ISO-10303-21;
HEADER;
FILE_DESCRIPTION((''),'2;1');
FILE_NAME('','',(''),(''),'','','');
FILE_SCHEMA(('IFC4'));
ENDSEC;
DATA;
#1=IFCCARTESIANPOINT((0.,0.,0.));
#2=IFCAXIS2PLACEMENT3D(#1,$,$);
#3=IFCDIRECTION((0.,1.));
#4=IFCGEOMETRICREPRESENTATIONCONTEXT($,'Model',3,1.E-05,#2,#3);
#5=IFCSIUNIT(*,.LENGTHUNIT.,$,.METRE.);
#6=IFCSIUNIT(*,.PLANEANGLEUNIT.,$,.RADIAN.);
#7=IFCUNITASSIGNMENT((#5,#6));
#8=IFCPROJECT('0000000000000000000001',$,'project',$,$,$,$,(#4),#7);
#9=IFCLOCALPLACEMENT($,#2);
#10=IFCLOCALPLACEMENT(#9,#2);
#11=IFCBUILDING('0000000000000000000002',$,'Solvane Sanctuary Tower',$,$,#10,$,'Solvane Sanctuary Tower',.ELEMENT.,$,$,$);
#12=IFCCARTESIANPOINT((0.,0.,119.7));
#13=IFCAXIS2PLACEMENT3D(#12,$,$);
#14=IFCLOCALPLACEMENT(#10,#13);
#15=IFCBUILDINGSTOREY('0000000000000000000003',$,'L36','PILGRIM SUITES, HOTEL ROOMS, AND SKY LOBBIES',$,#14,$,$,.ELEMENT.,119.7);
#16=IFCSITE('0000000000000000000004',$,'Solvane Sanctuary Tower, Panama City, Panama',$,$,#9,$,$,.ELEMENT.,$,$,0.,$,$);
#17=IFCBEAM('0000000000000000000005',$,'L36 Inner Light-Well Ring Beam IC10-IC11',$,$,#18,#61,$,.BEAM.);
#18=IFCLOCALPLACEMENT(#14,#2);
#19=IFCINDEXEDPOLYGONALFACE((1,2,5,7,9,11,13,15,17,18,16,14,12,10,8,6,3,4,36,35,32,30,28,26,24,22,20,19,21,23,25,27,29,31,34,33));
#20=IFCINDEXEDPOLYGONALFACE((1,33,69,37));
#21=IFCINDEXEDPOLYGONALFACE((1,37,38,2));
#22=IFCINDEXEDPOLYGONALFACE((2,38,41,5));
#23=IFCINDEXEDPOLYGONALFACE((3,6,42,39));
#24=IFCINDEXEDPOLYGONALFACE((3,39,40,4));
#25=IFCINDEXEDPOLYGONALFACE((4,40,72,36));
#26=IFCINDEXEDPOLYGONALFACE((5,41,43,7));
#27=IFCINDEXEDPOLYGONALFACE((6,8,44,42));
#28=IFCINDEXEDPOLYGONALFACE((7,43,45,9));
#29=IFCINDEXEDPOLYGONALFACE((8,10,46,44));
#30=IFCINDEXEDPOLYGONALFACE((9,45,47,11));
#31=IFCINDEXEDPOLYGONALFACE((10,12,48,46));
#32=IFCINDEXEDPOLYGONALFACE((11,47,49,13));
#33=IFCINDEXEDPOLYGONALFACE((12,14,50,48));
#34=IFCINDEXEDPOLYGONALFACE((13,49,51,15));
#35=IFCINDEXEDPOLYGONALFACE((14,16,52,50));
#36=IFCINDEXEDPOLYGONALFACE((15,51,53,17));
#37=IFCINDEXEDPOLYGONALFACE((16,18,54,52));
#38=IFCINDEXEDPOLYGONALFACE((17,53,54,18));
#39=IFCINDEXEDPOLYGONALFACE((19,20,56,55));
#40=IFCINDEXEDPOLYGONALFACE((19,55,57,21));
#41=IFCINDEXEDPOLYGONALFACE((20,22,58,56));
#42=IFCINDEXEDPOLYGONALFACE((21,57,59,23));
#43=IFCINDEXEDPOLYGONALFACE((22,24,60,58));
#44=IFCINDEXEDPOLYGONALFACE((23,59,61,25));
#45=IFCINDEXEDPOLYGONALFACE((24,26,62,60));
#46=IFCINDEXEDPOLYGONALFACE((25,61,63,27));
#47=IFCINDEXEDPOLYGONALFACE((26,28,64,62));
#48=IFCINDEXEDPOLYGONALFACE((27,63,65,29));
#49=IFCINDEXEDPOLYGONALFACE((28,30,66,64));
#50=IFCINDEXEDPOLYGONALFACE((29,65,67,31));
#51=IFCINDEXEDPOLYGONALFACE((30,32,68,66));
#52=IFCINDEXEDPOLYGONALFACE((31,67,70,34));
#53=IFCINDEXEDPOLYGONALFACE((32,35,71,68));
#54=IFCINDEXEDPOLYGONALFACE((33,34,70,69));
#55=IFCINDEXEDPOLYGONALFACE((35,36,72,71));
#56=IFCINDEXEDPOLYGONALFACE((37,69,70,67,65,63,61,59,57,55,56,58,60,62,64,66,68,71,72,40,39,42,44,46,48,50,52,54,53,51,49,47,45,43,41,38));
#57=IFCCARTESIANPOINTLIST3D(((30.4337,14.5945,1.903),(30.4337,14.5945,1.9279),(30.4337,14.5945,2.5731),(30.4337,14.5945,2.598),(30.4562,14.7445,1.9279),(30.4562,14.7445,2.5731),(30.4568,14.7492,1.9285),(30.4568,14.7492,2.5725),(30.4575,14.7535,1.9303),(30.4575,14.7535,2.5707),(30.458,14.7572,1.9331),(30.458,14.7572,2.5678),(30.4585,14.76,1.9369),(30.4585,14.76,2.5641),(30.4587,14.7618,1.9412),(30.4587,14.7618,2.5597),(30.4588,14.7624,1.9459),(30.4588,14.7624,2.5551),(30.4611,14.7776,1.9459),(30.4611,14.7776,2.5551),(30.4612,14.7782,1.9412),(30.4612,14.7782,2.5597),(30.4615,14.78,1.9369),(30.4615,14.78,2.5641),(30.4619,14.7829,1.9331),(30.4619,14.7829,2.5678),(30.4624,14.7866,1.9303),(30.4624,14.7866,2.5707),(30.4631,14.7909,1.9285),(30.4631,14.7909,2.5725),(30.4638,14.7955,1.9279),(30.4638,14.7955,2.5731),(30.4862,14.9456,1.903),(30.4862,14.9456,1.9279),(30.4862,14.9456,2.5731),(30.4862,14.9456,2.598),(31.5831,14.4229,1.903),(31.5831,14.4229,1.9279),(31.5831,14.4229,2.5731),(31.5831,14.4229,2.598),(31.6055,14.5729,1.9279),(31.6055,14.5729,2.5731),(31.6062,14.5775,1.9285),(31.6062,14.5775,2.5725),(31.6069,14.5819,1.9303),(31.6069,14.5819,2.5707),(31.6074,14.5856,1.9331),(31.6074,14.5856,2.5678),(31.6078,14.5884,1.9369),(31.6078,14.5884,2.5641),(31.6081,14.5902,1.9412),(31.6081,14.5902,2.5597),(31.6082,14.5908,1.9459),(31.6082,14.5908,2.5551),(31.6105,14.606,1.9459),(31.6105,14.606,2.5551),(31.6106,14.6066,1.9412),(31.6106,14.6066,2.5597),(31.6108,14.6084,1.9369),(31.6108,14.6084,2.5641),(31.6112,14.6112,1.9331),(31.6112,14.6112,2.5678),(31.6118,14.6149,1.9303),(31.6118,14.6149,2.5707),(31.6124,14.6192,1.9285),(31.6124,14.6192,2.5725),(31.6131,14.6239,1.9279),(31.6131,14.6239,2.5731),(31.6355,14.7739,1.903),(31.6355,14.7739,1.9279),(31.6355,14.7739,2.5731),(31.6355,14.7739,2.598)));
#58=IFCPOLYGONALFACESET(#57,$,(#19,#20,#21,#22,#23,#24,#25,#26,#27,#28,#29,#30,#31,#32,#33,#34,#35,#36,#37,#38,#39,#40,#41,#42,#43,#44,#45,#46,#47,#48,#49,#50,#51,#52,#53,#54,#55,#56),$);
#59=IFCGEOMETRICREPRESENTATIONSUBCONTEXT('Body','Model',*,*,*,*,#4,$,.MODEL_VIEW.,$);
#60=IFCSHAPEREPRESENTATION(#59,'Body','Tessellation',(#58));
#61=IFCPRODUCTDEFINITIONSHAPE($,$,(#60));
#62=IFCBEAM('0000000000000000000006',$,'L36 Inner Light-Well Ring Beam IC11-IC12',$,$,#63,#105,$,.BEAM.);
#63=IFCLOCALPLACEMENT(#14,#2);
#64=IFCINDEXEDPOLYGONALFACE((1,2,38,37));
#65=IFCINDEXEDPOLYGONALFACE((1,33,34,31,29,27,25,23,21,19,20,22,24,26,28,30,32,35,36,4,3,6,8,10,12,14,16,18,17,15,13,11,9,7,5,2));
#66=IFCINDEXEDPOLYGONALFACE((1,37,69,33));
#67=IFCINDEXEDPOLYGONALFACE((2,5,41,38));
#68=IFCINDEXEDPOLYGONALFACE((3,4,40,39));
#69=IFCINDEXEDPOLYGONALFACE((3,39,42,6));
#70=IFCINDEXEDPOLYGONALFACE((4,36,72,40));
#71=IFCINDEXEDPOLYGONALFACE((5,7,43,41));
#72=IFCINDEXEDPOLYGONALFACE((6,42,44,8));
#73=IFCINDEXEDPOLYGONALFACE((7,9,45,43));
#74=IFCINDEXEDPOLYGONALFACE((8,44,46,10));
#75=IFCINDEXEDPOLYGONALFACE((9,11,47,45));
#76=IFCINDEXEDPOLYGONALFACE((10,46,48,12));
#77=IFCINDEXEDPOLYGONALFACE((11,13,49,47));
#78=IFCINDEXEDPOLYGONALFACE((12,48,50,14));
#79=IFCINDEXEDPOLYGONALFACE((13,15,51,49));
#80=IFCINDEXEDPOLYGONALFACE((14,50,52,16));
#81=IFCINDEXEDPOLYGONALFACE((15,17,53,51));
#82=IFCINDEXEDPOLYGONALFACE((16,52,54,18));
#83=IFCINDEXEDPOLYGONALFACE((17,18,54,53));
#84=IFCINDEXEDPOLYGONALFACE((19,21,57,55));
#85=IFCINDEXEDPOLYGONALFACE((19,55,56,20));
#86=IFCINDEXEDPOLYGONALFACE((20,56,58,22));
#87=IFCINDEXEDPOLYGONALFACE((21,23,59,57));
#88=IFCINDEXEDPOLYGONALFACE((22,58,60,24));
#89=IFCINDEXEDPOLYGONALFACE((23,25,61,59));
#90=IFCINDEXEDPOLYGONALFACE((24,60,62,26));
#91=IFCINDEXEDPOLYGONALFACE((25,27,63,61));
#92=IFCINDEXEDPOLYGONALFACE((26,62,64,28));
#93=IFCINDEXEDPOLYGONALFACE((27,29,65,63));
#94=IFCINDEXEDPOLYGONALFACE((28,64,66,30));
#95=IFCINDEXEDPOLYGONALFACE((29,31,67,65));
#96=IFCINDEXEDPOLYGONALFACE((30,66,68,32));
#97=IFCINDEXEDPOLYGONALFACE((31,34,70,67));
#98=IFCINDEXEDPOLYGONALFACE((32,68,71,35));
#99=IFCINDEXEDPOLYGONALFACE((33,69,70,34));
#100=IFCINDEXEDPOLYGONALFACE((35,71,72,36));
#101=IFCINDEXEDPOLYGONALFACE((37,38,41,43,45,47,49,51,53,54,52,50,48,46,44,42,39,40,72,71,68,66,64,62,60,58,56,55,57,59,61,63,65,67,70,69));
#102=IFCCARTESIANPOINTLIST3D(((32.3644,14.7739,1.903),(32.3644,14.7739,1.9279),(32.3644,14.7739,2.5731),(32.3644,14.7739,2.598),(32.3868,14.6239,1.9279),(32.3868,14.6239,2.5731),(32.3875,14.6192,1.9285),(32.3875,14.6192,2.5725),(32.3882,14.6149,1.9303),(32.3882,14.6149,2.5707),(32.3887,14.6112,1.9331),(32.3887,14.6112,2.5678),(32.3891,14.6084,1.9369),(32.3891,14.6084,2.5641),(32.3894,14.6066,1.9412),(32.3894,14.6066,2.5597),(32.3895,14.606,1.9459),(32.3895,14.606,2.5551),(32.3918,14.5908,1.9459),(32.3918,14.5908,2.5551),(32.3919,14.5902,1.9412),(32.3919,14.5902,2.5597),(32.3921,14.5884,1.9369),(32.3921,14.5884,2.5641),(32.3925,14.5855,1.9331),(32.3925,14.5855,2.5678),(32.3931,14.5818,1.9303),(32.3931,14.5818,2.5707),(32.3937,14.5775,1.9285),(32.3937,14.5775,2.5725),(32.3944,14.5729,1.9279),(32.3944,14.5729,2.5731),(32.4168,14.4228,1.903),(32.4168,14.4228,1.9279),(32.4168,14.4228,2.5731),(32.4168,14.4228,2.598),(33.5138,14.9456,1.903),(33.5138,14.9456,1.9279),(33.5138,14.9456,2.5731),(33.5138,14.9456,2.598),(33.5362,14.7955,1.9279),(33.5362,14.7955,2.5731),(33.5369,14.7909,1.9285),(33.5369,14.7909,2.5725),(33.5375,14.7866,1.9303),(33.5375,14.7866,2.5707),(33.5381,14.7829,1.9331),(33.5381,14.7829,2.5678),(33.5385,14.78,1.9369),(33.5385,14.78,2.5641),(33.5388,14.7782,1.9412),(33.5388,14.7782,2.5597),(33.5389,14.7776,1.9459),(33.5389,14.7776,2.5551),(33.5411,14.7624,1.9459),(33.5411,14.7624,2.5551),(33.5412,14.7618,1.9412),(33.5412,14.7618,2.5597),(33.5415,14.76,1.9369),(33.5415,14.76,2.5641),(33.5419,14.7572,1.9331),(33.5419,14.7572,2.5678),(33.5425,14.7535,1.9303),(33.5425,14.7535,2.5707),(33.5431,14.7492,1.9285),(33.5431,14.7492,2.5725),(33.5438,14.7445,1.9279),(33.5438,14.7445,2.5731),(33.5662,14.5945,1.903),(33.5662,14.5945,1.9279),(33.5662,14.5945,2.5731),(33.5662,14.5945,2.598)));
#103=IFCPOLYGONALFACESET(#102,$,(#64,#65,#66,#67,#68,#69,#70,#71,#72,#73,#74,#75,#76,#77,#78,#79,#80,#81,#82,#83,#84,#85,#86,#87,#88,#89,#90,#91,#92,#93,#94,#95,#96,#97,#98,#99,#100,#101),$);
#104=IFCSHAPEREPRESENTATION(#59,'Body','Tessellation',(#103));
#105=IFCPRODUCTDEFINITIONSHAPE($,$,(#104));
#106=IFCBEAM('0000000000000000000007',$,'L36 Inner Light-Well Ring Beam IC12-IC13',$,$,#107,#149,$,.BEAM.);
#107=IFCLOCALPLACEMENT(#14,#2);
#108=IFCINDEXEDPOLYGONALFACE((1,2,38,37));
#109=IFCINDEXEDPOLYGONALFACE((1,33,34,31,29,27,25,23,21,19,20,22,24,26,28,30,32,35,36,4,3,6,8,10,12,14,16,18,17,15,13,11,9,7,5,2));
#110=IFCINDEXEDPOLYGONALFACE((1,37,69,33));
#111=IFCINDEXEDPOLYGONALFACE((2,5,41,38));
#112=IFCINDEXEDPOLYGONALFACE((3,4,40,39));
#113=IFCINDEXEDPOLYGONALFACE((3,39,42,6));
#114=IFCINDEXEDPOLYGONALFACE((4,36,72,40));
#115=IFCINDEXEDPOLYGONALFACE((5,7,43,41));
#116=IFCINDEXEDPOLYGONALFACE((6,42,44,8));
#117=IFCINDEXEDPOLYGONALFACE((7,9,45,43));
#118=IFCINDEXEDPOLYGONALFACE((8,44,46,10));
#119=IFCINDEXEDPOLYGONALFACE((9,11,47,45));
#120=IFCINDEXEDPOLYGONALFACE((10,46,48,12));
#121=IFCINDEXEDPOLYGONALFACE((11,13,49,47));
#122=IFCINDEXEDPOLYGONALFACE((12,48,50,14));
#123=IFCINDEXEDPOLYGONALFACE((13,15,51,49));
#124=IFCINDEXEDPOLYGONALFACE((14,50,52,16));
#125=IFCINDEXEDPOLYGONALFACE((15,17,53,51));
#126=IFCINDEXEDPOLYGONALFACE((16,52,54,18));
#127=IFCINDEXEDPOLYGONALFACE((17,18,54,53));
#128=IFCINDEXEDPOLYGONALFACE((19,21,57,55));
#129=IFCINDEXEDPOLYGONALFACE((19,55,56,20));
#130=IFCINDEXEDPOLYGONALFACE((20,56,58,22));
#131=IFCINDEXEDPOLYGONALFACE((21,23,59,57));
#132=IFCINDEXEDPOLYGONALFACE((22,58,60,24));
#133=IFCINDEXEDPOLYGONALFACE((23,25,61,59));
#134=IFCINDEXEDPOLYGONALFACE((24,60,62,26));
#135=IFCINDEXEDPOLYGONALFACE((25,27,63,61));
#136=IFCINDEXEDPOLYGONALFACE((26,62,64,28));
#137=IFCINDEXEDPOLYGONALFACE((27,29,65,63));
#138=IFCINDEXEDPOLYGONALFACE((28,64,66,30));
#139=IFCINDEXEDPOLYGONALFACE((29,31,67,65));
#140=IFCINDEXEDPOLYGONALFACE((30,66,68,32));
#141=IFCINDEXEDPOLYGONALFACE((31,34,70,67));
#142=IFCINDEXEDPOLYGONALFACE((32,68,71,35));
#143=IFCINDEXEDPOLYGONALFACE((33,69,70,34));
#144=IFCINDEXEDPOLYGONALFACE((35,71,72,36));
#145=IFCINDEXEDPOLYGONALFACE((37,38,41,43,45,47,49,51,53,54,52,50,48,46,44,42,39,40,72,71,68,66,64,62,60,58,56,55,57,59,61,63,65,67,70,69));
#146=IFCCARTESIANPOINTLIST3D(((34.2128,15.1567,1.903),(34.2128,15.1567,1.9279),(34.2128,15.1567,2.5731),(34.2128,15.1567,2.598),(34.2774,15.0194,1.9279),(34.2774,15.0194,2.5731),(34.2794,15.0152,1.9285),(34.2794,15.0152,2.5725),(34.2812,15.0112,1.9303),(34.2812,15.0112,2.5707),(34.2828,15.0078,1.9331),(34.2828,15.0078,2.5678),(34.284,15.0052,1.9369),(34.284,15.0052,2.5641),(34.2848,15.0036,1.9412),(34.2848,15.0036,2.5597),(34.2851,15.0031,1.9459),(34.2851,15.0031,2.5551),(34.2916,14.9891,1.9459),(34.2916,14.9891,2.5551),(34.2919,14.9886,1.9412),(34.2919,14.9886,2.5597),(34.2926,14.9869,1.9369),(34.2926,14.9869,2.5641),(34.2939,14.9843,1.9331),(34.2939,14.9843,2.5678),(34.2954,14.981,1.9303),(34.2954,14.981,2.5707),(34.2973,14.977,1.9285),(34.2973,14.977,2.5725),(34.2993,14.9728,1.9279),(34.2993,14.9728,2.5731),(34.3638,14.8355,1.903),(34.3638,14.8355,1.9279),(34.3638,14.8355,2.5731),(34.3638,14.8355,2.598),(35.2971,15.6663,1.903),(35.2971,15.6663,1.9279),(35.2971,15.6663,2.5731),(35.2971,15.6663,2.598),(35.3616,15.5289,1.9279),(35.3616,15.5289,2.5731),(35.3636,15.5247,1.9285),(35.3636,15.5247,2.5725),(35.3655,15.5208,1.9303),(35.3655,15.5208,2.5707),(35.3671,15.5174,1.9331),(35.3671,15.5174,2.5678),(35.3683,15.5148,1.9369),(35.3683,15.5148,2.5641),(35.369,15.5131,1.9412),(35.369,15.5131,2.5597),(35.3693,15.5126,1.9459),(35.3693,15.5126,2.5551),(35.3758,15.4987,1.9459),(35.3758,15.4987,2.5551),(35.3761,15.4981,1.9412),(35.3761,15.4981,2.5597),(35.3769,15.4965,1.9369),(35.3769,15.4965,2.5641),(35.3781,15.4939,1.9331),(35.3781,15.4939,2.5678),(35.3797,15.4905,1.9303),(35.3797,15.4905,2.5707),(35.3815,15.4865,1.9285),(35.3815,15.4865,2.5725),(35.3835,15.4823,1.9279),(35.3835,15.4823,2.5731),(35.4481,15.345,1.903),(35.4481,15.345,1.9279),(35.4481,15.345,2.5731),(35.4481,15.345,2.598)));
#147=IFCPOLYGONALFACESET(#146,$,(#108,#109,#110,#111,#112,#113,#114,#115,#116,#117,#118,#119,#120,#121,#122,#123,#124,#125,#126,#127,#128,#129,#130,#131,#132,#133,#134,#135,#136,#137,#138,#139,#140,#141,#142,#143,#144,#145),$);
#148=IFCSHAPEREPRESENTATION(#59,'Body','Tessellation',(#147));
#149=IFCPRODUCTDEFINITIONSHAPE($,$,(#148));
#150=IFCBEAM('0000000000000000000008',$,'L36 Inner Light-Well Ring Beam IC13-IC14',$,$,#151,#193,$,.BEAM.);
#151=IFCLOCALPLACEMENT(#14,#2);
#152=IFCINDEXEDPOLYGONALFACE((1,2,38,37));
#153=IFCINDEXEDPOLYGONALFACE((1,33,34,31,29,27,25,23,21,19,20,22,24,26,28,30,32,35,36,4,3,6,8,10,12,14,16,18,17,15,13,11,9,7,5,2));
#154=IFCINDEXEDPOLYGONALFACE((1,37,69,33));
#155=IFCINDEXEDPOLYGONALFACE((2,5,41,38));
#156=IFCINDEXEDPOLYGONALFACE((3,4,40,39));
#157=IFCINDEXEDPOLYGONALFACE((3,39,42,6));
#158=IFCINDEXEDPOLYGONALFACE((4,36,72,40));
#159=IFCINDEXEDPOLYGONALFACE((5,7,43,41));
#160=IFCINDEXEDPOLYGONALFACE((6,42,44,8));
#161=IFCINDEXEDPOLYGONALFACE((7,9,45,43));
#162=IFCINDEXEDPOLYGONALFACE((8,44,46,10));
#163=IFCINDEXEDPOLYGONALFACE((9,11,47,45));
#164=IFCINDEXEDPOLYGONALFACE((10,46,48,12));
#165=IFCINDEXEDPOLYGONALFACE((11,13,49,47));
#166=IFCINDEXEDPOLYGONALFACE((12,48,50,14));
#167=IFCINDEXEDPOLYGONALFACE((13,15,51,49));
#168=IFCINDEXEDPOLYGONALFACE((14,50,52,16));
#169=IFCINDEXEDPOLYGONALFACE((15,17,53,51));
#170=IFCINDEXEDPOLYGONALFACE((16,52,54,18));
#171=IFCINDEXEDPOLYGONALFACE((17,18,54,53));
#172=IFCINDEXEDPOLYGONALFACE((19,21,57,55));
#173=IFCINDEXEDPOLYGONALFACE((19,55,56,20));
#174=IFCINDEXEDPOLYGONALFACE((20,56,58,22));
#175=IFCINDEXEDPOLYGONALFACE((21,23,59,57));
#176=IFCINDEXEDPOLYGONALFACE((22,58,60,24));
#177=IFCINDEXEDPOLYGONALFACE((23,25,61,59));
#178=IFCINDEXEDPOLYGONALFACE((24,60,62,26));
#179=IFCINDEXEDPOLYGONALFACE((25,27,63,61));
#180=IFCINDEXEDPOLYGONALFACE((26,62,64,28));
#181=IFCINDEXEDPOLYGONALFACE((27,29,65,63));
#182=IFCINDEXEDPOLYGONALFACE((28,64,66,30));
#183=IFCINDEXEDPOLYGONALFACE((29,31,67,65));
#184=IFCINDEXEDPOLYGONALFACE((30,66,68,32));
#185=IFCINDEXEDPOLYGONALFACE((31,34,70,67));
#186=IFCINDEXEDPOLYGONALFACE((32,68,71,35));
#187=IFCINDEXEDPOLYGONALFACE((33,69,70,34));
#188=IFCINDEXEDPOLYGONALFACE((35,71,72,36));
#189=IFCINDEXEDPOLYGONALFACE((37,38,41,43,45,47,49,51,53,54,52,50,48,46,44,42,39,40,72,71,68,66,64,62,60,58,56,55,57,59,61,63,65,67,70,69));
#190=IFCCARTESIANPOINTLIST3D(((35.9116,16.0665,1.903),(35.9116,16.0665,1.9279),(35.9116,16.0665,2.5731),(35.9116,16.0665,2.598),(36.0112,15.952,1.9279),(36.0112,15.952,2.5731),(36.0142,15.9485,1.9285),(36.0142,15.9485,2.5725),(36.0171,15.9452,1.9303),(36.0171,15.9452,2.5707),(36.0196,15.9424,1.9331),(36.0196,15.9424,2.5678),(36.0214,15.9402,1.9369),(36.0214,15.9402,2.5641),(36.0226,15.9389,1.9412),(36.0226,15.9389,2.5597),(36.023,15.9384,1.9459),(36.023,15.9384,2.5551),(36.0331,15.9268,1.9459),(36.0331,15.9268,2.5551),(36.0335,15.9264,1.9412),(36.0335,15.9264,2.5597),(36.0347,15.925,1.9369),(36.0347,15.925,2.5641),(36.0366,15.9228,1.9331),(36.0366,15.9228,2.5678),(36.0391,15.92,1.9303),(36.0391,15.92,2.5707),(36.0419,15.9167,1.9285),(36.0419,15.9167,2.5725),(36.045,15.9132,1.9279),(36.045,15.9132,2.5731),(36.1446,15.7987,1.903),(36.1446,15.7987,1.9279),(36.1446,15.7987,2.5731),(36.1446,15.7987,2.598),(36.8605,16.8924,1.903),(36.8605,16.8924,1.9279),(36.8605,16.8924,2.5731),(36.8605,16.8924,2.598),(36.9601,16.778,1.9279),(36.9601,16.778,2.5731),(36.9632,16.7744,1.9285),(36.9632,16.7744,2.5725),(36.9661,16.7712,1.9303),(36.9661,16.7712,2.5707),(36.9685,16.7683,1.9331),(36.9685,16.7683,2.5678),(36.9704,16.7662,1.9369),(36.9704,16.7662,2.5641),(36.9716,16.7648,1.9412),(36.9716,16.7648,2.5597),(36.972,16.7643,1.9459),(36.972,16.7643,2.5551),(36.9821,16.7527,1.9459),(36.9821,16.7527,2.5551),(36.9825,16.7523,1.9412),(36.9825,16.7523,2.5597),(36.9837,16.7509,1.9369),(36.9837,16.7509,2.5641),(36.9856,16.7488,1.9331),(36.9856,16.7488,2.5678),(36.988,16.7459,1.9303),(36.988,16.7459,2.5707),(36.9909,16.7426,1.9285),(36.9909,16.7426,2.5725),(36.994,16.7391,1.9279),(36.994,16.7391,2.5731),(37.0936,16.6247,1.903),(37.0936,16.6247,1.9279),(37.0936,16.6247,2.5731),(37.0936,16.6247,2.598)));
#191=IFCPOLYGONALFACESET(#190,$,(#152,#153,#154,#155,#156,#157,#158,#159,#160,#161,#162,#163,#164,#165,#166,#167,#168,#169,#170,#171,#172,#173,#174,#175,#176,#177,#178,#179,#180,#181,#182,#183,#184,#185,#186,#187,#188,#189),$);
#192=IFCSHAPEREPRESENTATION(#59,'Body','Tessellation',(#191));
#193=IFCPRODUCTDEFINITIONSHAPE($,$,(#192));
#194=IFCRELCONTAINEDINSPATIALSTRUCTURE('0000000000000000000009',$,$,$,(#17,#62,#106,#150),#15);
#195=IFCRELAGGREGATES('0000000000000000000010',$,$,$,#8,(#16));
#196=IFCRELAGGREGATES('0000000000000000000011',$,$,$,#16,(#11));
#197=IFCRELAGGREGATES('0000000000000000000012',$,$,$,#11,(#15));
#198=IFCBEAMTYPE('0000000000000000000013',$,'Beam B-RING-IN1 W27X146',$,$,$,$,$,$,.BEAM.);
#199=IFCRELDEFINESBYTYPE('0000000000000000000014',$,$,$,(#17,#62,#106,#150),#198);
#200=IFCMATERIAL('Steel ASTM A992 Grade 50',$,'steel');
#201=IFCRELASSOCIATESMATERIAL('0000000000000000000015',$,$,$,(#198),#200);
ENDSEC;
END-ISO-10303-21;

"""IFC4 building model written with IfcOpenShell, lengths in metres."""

from ifc_helpers import new_model, si_unit, direction, frame, origin, origin_2d, place, context, subcontext, project, spatial, i_section, extrude, material, material_profile, profile_set, type_object, element, save


model = new_model("IFC4")

# Units and contexts
model_context = context("Model", 3, precision=1e-05, world=origin(), true_north=direction((0.0, 1.0)))
body_context = subcontext(model_context, "Body", "Model", "MODEL_VIEW")
ifc_project = project(units=[si_unit("LENGTHUNIT", "METRE"), si_unit("PLANEANGLEUNIT", "RADIAN")], contexts=[model_context])

# Site, building, storey
site_placement = place(None, origin())
site = spatial("IfcSite", under=ifc_project, at=site_placement, Name="Solvane Sanctuary Tower, Panama City, Panama", CompositionType="ELEMENT", RefElevation=0.0)
building_placement = place(site_placement, origin())
building = spatial("IfcBuilding", under=site, at=building_placement, Name="Solvane Sanctuary Tower", LongName="Solvane Sanctuary Tower", CompositionType="ELEMENT")
storey_placement = place(building_placement, frame((0.0, 0.0, 119.7)))
storey = spatial("IfcBuildingStorey", under=building, at=storey_placement, Name="L36", Description="PILGRIM SUITES, HOTEL ROOMS, AND SKY LOBBIES", CompositionType="ELEMENT", Elevation=119.7)

# Beams
ifc_material_1 = material(Name="Steel ASTM A992 Grade 50", Category="steel")
ifc_material_profile_1 = material_profile(ifc_material_1, i_section(OverallWidth=0.355, OverallDepth=0.6951, WebThickness=0.0154, FlangeThickness=0.0249, FilletRadius=0.0181, at=origin_2d()), Name="W27X146")
ifc_profile_set_1 = profile_set([ifc_material_profile_1], Name="Steel ASTM A992 Grade 50")
beam_type_1 = type_object("IfcBeamType", Name="Beam B-RING-IN1 W27X146", PredefinedType="BEAM", material=ifc_profile_set_1)
for number, where, z_axis, x_axis, name in (
    (1, (30.46, 14.77, 2.2505), (0.989035, -0.147683, 0.0), (0.147683, 0.989035, 0.0), "L36 Inner Light-Well Ring Beam IC10-IC11"),
    (2, (32.3906, 14.5984, 2.2505), (0.989035, 0.147683, 0.0), (-0.147683, 0.989035, 0.0), "L36 Inner Light-Well Ring Beam IC11-IC12"),
):
    element("IfcBeam", number, at=place(storey_placement, frame(where, z_axis=z_axis, x_axis=x_axis)), inside=storey, type_object=beam_type_1, Name=name, PredefinedType="BEAM", context=body_context, shape_type="SweptSolid", body=[
        extrude(i_section(OverallWidth=0.355, OverallDepth=0.6951, WebThickness=0.0154, FlangeThickness=0.0249, FilletRadius=0.0181, at=origin_2d()), origin(), (0.0, 0.0, 1.0), 1.1621),
    ])
beam_1_placement = place(storey_placement, frame((34.2883, 14.9961, 2.2505), z_axis=(0.905045, 0.425316, 0.0), x_axis=(-0.425316, 0.905045, 0.0)))
element("IfcBeam", 3, at=beam_1_placement, inside=storey, type_object=beam_type_1, Name="L36 Inner Light-Well Ring Beam IC12-IC13", PredefinedType="BEAM", context=body_context, shape_type="SweptSolid", body=[
    extrude(i_section(OverallWidth=0.355, OverallDepth=0.6951, WebThickness=0.0154, FlangeThickness=0.0249, FilletRadius=0.0181, at=origin_2d()), origin(), (0.0, 0.0, 1.0), 1.198),
])
beam_2_placement = place(storey_placement, frame((36.0281, 15.9326, 2.2505), z_axis=(0.754317, 0.65651, 0.0), x_axis=(-0.65651, 0.754317, 0.0)))
element("IfcBeam", 4, at=beam_2_placement, inside=storey, type_object=beam_type_1, Name="L36 Inner Light-Well Ring Beam IC13-IC14", PredefinedType="BEAM", context=body_context, shape_type="SweptSolid", body=[
    extrude(i_section(OverallWidth=0.355, OverallDepth=0.6951, WebThickness=0.0154, FlangeThickness=0.0249, FilletRadius=0.0181, at=origin_2d()), origin(), (0.0, 0.0, 1.0), 1.2581),
])

save(model, "model.ifc")
